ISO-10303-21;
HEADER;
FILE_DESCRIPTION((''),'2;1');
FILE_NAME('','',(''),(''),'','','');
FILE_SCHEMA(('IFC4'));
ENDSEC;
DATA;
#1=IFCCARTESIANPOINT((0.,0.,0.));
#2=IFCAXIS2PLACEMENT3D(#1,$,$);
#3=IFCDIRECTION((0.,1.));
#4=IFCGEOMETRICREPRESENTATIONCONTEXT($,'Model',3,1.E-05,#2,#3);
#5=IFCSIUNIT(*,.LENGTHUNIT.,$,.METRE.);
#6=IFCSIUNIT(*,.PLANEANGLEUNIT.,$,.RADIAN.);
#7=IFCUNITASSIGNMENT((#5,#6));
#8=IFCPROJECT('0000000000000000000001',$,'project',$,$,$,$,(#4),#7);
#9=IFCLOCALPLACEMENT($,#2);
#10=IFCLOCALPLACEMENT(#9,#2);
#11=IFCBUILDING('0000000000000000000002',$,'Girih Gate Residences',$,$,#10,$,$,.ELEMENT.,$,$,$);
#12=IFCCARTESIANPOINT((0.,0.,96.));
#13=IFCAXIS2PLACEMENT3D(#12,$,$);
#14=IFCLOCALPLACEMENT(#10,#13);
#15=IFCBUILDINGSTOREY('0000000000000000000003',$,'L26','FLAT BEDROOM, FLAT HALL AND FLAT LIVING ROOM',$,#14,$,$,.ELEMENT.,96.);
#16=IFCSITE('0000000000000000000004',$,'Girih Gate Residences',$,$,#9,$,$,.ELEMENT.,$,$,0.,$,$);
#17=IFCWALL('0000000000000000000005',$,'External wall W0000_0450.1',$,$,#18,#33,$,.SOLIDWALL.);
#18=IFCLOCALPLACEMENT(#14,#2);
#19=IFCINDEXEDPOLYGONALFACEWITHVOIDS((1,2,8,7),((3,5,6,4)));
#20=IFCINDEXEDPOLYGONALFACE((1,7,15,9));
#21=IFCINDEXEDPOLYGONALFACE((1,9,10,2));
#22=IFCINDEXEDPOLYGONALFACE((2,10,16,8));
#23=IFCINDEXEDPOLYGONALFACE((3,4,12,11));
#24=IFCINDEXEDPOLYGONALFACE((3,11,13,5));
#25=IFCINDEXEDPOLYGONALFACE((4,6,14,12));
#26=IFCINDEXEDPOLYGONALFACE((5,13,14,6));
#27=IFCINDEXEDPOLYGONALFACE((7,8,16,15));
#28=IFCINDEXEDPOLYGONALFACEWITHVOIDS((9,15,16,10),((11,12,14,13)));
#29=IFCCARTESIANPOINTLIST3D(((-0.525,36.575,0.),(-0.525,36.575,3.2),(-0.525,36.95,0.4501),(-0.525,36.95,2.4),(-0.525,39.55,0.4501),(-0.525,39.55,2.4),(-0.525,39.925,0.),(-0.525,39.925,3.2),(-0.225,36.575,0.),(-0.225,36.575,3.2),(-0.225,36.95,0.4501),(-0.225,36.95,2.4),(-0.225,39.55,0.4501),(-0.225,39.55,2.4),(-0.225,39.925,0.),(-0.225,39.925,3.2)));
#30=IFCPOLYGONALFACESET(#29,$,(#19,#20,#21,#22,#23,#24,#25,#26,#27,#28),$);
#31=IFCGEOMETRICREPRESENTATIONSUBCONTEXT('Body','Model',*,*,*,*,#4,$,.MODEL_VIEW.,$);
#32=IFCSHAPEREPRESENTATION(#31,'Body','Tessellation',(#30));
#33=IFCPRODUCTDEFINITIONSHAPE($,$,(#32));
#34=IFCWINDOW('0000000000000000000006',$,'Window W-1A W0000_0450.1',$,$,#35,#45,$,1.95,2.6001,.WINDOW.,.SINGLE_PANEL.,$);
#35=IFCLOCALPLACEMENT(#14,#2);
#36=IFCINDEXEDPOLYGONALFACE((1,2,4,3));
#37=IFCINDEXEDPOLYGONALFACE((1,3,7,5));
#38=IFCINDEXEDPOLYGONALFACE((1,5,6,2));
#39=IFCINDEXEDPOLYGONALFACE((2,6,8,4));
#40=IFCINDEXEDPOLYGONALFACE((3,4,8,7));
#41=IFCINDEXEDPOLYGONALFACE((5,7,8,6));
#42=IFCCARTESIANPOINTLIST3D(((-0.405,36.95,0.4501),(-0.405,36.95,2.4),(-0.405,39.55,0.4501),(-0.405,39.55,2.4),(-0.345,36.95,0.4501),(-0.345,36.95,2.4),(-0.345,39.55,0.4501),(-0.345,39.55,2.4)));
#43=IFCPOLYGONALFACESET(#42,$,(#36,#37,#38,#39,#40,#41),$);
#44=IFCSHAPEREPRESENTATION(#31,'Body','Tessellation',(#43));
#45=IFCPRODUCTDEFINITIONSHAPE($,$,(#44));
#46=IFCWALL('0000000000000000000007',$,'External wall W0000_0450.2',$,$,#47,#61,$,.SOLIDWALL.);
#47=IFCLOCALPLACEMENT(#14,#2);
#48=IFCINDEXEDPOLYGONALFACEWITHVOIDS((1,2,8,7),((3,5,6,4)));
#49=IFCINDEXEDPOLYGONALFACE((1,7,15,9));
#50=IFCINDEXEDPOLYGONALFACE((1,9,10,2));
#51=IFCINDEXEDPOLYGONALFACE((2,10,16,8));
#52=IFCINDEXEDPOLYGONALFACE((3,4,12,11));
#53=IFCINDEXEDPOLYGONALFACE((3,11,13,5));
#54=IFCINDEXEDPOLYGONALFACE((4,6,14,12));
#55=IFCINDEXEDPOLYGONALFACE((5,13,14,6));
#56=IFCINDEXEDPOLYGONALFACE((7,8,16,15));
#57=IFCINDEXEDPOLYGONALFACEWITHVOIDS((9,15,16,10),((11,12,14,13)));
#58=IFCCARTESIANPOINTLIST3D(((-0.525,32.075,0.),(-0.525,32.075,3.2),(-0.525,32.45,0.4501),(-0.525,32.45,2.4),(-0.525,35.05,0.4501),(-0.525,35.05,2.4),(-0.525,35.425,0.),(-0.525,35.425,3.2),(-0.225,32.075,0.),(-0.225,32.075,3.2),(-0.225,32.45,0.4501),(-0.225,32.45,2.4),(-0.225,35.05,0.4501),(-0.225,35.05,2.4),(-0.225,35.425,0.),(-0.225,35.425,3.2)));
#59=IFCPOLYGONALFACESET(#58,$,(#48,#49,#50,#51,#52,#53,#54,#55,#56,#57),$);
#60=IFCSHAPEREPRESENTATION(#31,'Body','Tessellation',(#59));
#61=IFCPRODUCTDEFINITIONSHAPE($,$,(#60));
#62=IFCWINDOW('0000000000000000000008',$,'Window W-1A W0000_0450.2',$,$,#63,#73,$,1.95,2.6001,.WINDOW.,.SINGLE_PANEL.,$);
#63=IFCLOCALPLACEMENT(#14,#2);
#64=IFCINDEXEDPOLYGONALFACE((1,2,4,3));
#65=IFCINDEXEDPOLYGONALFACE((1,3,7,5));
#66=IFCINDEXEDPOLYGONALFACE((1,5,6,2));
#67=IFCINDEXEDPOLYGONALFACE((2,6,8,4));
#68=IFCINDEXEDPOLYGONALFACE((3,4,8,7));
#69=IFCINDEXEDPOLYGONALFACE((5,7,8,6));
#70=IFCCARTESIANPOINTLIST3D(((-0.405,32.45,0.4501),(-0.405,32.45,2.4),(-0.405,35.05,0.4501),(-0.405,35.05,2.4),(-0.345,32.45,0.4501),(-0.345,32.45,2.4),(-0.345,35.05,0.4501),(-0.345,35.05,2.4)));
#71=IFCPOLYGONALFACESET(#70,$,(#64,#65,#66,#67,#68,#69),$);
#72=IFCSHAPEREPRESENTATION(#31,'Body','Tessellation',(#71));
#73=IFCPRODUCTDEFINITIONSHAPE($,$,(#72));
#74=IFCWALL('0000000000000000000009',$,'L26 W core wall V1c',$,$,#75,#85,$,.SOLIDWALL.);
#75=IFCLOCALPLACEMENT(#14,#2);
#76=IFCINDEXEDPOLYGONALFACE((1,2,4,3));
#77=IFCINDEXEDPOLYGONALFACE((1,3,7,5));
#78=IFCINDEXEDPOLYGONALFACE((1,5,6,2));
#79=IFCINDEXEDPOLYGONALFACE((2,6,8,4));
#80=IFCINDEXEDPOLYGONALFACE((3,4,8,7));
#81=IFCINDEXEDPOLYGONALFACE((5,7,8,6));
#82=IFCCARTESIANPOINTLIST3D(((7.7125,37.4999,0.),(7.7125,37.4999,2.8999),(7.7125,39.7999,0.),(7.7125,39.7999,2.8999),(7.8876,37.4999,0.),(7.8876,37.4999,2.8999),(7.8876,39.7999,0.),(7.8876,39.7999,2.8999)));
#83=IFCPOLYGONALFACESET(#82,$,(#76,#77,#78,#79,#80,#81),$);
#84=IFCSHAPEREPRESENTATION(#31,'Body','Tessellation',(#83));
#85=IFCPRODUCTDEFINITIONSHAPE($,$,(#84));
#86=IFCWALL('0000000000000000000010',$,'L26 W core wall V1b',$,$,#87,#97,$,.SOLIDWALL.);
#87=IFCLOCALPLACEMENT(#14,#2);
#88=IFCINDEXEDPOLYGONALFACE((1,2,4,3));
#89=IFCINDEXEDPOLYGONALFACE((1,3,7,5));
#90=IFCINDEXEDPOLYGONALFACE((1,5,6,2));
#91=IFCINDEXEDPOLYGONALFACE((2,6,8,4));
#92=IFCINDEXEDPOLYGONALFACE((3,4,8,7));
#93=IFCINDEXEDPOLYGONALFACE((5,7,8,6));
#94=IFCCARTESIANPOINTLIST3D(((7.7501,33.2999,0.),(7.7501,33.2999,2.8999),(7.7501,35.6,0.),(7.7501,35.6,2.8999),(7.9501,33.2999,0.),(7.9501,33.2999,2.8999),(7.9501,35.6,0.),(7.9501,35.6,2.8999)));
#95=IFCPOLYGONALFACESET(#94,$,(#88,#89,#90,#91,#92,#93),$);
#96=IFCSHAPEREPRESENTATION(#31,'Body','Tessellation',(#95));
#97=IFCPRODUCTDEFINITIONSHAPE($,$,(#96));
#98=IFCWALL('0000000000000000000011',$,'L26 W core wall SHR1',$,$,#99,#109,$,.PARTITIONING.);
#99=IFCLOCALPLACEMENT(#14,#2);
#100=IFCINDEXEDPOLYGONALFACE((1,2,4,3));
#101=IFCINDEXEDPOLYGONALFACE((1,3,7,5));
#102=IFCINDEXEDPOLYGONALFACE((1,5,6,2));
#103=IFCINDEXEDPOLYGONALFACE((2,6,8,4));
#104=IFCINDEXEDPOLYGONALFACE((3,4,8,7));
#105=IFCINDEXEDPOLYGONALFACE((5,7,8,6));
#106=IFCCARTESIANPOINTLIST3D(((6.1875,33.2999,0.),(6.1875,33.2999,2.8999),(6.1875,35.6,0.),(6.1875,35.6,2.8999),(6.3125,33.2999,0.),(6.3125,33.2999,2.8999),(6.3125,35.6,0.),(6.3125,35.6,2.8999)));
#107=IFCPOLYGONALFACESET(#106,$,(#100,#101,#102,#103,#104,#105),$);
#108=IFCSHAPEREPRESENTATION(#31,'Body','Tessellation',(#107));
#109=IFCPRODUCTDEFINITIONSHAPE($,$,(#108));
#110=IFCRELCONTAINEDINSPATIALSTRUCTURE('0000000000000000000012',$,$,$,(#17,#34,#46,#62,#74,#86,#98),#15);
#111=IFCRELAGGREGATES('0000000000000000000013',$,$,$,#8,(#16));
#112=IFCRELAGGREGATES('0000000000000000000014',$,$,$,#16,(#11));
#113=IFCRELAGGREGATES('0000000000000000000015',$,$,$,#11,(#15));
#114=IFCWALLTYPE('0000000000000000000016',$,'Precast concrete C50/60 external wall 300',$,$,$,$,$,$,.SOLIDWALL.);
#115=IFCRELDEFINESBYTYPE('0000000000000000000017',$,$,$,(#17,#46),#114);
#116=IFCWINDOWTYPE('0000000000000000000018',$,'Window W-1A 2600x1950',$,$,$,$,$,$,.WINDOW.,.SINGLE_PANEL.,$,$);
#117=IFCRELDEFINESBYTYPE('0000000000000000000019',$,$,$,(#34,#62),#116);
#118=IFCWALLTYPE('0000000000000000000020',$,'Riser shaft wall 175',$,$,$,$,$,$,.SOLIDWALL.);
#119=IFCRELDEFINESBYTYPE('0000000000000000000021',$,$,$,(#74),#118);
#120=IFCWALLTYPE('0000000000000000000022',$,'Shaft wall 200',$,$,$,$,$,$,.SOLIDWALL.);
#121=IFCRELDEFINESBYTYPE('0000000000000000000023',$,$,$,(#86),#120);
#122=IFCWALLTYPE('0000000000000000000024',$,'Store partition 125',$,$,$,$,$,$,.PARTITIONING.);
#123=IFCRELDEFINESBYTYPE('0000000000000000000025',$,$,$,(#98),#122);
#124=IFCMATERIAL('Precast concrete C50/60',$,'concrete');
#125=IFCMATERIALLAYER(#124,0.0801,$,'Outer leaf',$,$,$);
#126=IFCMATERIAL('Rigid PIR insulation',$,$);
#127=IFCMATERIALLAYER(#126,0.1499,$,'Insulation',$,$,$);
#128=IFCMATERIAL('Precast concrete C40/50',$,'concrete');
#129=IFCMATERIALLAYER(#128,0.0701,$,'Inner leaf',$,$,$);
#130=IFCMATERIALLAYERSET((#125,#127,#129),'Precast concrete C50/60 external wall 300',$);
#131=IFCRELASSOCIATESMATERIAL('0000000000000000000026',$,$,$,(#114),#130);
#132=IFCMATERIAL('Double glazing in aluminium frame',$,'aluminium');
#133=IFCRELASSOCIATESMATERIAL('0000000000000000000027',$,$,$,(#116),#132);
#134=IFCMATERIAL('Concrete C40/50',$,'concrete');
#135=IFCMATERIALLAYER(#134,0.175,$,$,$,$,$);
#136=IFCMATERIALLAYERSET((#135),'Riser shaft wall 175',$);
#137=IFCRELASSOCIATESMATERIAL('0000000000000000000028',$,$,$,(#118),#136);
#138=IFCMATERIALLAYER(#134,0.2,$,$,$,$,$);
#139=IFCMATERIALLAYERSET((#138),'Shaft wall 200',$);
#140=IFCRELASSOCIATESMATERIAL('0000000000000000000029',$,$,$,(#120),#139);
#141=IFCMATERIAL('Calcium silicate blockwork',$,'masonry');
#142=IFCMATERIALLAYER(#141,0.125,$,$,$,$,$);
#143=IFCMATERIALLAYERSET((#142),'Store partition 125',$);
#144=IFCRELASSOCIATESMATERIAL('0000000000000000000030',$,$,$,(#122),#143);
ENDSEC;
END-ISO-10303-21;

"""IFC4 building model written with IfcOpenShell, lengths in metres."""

from ifc_helpers import new_model, si_unit, direction, frame, frame_2d, origin, place, context, subcontext, project, spatial, rectangle, extrude, material, layer, layer_set, type_object, element, fill, save


model = new_model("IFC4")

# Units and contexts
model_context = context("Model", 3, precision=1e-05, world=origin(), true_north=direction((0.0, 1.0)))
body_context = subcontext(model_context, "Body", "Model", "MODEL_VIEW")
ifc_project = project(units=[si_unit("LENGTHUNIT", "METRE"), si_unit("PLANEANGLEUNIT", "RADIAN")], contexts=[model_context])

# Site, building, storey
site_placement = place(None, origin())
site = spatial("IfcSite", under=ifc_project, at=site_placement, Name="Girih Gate Residences", CompositionType="ELEMENT", RefElevation=0.0)
building_placement = place(site_placement, origin())
building = spatial("IfcBuilding", under=site, at=building_placement, Name="Girih Gate Residences", CompositionType="ELEMENT")
storey_placement = place(building_placement, frame((0.0, 0.0, 96.0)))
storey = spatial("IfcBuildingStorey", under=building, at=storey_placement, Name="L26", Description="FLAT BEDROOM, FLAT HALL AND FLAT LIVING ROOM", CompositionType="ELEMENT", Elevation=96.0)

# Shared definitions
ifc_material_1 = material(Name="Concrete C40/50", Category="concrete")

# Walls, openings, windows
ifc_material_2 = material(Name="Precast concrete C50/60", Category="concrete")
ifc_layer_1 = layer(ifc_material_2, 0.0801, Name="Outer leaf")
ifc_material_3 = material(Name="Rigid PIR insulation")
ifc_layer_2 = layer(ifc_material_3, 0.1499, Name="Insulation")
ifc_material_4 = material(Name="Precast concrete C40/50", Category="concrete")
ifc_layer_3 = layer(ifc_material_4, 0.0701, Name="Inner leaf")
ifc_layer_set_1 = layer_set([ifc_layer_1, ifc_layer_2, ifc_layer_3], Name="Precast concrete C50/60 external wall 300")
wall_type_1 = type_object("IfcWallType", Name="Precast concrete C50/60 external wall 300", PredefinedType="SOLIDWALL", material=ifc_layer_set_1)
wall_1_placement = place(storey_placement, frame((-0.375, 36.575, 0.0), z_axis=(0.0, 0.0, 1.0), x_axis=(0.0, 1.0, 0.0)))
wall_1 = element("IfcWall", 1, at=wall_1_placement, inside=storey, type_object=wall_type_1, Name="External wall W0000_0450.1", PredefinedType="SOLIDWALL", context=body_context, shape_type="SweptSolid", body=[
    extrude(rectangle(XDim=3.3501, YDim=0.3, at=frame_2d((1.675, 0.0))), origin(), (0.0, 0.0, 1.0), 3.2),
])
opening_1_placement = place(wall_1_placement, frame((0.375, 0.0, 0.45)))
opening_1 = element("IfcOpeningElement", 2, at=opening_1_placement, cuts=wall_1, PredefinedType="OPENING", context=body_context, shape_type="SweptSolid", body=[
    extrude(rectangle(XDim=2.6001, YDim=1.95, at=frame_2d((1.3, 0.9751))), frame((0.0, 0.1599, 0.0), z_axis=(0.0, -1.0, 0.0), x_axis=(1.0, 0.0, 0.0)), (0.0, 0.0, 1.0), 0.3201),
])
ifc_material_5 = material(Name="Double glazing in aluminium frame", Category="aluminium")
window_type = type_object("IfcWindowType", Name="Window W-1A 2600x1950", PartitioningType="SINGLE_PANEL", PredefinedType="WINDOW", material=ifc_material_5)
window_1_placement = place(opening_1_placement, origin())
window_1 = element("IfcWindow", 3, at=window_1_placement, inside=storey, type_object=window_type, Name="Window W-1A W0000_0450.1", OverallHeight=1.95, OverallWidth=2.6001, PartitioningType="SINGLE_PANEL", PredefinedType="WINDOW", context=body_context, shape_type="SweptSolid", body=[
    extrude(rectangle(XDim=2.6001, YDim=1.95, at=frame_2d((1.3, 0.9751))), frame((0.0, 0.03, 0.0), z_axis=(0.0, -1.0, 0.0), x_axis=(1.0, 0.0, 0.0)), (0.0, 0.0, 1.0), 0.0601),
])
fill(opening_1, window_1)
wall_2_placement = place(storey_placement, frame((-0.375, 32.075, 0.0), z_axis=(0.0, 0.0, 1.0), x_axis=(0.0, 1.0, 0.0)))
wall_2 = element("IfcWall", 4, at=wall_2_placement, inside=storey, type_object=wall_type_1, Name="External wall W0000_0450.2", PredefinedType="SOLIDWALL", context=body_context, shape_type="SweptSolid", body=[
    extrude(rectangle(XDim=3.3501, YDim=0.3, at=frame_2d((1.675, 0.0))), origin(), (0.0, 0.0, 1.0), 3.2),
])
opening_2_placement = place(wall_2_placement, frame((0.375, 0.0, 0.45)))
opening_2 = element("IfcOpeningElement", 5, at=opening_2_placement, cuts=wall_2, PredefinedType="OPENING", context=body_context, shape_type="SweptSolid", body=[
    extrude(rectangle(XDim=2.6001, YDim=1.95, at=frame_2d((1.3, 0.9751))), frame((0.0, 0.1599, 0.0), z_axis=(0.0, -1.0, 0.0), x_axis=(1.0, 0.0, 0.0)), (0.0, 0.0, 1.0), 0.3201),
])
window_2_placement = place(opening_2_placement, origin())
window_2 = element("IfcWindow", 6, at=window_2_placement, inside=storey, type_object=window_type, Name="Window W-1A W0000_0450.2", OverallHeight=1.95, OverallWidth=2.6001, PartitioningType="SINGLE_PANEL", PredefinedType="WINDOW", context=body_context, shape_type="SweptSolid", body=[
    extrude(rectangle(XDim=2.6001, YDim=1.95, at=frame_2d((1.3, 0.9751))), frame((0.0, 0.03, 0.0), z_axis=(0.0, -1.0, 0.0), x_axis=(1.0, 0.0, 0.0)), (0.0, 0.0, 1.0), 0.0601),
])
fill(opening_2, window_2)

# Walls
ifc_layer_4 = layer(ifc_material_1, 0.175)
ifc_layer_set_2 = layer_set([ifc_layer_4], Name="Riser shaft wall 175")
wall_type_2 = type_object("IfcWallType", Name="Riser shaft wall 175", PredefinedType="SOLIDWALL", material=ifc_layer_set_2)
wall_3_placement = place(storey_placement, frame((7.8, 37.5, 0.0), z_axis=(0.0, 0.0, 1.0), x_axis=(0.0, 1.0, 0.0)))
element("IfcWall", 7, at=wall_3_placement, inside=storey, type_object=wall_type_2, Name="L26 W core wall V1c", PredefinedType="SOLIDWALL", context=body_context, shape_type="SweptSolid", body=[
    extrude(rectangle(XDim=2.3, YDim=0.175, at=frame_2d((1.1499, 0.0))), origin(), (0.0, 0.0, 1.0), 2.8999),
])
ifc_layer_5 = layer(ifc_material_1, 0.2)
ifc_layer_set_3 = layer_set([ifc_layer_5], Name="Shaft wall 200")
wall_type_3 = type_object("IfcWallType", Name="Shaft wall 200", PredefinedType="SOLIDWALL", material=ifc_layer_set_3)
wall_4_placement = place(storey_placement, frame((7.8501, 33.3, 0.0), z_axis=(0.0, 0.0, 1.0), x_axis=(0.0, 1.0, 0.0)))
element("IfcWall", 8, at=wall_4_placement, inside=storey, type_object=wall_type_3, Name="L26 W core wall V1b", PredefinedType="SOLIDWALL", context=body_context, shape_type="SweptSolid", body=[
    extrude(rectangle(XDim=2.3, YDim=0.2, at=frame_2d((1.1499, 0.0))), origin(), (0.0, 0.0, 1.0), 2.8999),
])
ifc_material_6 = material(Name="Calcium silicate blockwork", Category="masonry")
ifc_layer_6 = layer(ifc_material_6, 0.125)
ifc_layer_set_4 = layer_set([ifc_layer_6], Name="Store partition 125")
wall_type_4 = type_object("IfcWallType", Name="Store partition 125", PredefinedType="PARTITIONING", material=ifc_layer_set_4)
wall_5_placement = place(storey_placement, frame((6.25, 33.3, 0.0), z_axis=(0.0, 0.0, 1.0), x_axis=(0.0, 1.0, 0.0)))
element("IfcWall", 9, at=wall_5_placement, inside=storey, type_object=wall_type_4, Name="L26 W core wall SHR1", PredefinedType="PARTITIONING", context=body_context, shape_type="SweptSolid", body=[
    extrude(rectangle(XDim=2.3, YDim=0.125, at=frame_2d((1.1499, 0.0))), origin(), (0.0, 0.0, 1.0), 2.8999),
])

save(model, "model.ifc")
